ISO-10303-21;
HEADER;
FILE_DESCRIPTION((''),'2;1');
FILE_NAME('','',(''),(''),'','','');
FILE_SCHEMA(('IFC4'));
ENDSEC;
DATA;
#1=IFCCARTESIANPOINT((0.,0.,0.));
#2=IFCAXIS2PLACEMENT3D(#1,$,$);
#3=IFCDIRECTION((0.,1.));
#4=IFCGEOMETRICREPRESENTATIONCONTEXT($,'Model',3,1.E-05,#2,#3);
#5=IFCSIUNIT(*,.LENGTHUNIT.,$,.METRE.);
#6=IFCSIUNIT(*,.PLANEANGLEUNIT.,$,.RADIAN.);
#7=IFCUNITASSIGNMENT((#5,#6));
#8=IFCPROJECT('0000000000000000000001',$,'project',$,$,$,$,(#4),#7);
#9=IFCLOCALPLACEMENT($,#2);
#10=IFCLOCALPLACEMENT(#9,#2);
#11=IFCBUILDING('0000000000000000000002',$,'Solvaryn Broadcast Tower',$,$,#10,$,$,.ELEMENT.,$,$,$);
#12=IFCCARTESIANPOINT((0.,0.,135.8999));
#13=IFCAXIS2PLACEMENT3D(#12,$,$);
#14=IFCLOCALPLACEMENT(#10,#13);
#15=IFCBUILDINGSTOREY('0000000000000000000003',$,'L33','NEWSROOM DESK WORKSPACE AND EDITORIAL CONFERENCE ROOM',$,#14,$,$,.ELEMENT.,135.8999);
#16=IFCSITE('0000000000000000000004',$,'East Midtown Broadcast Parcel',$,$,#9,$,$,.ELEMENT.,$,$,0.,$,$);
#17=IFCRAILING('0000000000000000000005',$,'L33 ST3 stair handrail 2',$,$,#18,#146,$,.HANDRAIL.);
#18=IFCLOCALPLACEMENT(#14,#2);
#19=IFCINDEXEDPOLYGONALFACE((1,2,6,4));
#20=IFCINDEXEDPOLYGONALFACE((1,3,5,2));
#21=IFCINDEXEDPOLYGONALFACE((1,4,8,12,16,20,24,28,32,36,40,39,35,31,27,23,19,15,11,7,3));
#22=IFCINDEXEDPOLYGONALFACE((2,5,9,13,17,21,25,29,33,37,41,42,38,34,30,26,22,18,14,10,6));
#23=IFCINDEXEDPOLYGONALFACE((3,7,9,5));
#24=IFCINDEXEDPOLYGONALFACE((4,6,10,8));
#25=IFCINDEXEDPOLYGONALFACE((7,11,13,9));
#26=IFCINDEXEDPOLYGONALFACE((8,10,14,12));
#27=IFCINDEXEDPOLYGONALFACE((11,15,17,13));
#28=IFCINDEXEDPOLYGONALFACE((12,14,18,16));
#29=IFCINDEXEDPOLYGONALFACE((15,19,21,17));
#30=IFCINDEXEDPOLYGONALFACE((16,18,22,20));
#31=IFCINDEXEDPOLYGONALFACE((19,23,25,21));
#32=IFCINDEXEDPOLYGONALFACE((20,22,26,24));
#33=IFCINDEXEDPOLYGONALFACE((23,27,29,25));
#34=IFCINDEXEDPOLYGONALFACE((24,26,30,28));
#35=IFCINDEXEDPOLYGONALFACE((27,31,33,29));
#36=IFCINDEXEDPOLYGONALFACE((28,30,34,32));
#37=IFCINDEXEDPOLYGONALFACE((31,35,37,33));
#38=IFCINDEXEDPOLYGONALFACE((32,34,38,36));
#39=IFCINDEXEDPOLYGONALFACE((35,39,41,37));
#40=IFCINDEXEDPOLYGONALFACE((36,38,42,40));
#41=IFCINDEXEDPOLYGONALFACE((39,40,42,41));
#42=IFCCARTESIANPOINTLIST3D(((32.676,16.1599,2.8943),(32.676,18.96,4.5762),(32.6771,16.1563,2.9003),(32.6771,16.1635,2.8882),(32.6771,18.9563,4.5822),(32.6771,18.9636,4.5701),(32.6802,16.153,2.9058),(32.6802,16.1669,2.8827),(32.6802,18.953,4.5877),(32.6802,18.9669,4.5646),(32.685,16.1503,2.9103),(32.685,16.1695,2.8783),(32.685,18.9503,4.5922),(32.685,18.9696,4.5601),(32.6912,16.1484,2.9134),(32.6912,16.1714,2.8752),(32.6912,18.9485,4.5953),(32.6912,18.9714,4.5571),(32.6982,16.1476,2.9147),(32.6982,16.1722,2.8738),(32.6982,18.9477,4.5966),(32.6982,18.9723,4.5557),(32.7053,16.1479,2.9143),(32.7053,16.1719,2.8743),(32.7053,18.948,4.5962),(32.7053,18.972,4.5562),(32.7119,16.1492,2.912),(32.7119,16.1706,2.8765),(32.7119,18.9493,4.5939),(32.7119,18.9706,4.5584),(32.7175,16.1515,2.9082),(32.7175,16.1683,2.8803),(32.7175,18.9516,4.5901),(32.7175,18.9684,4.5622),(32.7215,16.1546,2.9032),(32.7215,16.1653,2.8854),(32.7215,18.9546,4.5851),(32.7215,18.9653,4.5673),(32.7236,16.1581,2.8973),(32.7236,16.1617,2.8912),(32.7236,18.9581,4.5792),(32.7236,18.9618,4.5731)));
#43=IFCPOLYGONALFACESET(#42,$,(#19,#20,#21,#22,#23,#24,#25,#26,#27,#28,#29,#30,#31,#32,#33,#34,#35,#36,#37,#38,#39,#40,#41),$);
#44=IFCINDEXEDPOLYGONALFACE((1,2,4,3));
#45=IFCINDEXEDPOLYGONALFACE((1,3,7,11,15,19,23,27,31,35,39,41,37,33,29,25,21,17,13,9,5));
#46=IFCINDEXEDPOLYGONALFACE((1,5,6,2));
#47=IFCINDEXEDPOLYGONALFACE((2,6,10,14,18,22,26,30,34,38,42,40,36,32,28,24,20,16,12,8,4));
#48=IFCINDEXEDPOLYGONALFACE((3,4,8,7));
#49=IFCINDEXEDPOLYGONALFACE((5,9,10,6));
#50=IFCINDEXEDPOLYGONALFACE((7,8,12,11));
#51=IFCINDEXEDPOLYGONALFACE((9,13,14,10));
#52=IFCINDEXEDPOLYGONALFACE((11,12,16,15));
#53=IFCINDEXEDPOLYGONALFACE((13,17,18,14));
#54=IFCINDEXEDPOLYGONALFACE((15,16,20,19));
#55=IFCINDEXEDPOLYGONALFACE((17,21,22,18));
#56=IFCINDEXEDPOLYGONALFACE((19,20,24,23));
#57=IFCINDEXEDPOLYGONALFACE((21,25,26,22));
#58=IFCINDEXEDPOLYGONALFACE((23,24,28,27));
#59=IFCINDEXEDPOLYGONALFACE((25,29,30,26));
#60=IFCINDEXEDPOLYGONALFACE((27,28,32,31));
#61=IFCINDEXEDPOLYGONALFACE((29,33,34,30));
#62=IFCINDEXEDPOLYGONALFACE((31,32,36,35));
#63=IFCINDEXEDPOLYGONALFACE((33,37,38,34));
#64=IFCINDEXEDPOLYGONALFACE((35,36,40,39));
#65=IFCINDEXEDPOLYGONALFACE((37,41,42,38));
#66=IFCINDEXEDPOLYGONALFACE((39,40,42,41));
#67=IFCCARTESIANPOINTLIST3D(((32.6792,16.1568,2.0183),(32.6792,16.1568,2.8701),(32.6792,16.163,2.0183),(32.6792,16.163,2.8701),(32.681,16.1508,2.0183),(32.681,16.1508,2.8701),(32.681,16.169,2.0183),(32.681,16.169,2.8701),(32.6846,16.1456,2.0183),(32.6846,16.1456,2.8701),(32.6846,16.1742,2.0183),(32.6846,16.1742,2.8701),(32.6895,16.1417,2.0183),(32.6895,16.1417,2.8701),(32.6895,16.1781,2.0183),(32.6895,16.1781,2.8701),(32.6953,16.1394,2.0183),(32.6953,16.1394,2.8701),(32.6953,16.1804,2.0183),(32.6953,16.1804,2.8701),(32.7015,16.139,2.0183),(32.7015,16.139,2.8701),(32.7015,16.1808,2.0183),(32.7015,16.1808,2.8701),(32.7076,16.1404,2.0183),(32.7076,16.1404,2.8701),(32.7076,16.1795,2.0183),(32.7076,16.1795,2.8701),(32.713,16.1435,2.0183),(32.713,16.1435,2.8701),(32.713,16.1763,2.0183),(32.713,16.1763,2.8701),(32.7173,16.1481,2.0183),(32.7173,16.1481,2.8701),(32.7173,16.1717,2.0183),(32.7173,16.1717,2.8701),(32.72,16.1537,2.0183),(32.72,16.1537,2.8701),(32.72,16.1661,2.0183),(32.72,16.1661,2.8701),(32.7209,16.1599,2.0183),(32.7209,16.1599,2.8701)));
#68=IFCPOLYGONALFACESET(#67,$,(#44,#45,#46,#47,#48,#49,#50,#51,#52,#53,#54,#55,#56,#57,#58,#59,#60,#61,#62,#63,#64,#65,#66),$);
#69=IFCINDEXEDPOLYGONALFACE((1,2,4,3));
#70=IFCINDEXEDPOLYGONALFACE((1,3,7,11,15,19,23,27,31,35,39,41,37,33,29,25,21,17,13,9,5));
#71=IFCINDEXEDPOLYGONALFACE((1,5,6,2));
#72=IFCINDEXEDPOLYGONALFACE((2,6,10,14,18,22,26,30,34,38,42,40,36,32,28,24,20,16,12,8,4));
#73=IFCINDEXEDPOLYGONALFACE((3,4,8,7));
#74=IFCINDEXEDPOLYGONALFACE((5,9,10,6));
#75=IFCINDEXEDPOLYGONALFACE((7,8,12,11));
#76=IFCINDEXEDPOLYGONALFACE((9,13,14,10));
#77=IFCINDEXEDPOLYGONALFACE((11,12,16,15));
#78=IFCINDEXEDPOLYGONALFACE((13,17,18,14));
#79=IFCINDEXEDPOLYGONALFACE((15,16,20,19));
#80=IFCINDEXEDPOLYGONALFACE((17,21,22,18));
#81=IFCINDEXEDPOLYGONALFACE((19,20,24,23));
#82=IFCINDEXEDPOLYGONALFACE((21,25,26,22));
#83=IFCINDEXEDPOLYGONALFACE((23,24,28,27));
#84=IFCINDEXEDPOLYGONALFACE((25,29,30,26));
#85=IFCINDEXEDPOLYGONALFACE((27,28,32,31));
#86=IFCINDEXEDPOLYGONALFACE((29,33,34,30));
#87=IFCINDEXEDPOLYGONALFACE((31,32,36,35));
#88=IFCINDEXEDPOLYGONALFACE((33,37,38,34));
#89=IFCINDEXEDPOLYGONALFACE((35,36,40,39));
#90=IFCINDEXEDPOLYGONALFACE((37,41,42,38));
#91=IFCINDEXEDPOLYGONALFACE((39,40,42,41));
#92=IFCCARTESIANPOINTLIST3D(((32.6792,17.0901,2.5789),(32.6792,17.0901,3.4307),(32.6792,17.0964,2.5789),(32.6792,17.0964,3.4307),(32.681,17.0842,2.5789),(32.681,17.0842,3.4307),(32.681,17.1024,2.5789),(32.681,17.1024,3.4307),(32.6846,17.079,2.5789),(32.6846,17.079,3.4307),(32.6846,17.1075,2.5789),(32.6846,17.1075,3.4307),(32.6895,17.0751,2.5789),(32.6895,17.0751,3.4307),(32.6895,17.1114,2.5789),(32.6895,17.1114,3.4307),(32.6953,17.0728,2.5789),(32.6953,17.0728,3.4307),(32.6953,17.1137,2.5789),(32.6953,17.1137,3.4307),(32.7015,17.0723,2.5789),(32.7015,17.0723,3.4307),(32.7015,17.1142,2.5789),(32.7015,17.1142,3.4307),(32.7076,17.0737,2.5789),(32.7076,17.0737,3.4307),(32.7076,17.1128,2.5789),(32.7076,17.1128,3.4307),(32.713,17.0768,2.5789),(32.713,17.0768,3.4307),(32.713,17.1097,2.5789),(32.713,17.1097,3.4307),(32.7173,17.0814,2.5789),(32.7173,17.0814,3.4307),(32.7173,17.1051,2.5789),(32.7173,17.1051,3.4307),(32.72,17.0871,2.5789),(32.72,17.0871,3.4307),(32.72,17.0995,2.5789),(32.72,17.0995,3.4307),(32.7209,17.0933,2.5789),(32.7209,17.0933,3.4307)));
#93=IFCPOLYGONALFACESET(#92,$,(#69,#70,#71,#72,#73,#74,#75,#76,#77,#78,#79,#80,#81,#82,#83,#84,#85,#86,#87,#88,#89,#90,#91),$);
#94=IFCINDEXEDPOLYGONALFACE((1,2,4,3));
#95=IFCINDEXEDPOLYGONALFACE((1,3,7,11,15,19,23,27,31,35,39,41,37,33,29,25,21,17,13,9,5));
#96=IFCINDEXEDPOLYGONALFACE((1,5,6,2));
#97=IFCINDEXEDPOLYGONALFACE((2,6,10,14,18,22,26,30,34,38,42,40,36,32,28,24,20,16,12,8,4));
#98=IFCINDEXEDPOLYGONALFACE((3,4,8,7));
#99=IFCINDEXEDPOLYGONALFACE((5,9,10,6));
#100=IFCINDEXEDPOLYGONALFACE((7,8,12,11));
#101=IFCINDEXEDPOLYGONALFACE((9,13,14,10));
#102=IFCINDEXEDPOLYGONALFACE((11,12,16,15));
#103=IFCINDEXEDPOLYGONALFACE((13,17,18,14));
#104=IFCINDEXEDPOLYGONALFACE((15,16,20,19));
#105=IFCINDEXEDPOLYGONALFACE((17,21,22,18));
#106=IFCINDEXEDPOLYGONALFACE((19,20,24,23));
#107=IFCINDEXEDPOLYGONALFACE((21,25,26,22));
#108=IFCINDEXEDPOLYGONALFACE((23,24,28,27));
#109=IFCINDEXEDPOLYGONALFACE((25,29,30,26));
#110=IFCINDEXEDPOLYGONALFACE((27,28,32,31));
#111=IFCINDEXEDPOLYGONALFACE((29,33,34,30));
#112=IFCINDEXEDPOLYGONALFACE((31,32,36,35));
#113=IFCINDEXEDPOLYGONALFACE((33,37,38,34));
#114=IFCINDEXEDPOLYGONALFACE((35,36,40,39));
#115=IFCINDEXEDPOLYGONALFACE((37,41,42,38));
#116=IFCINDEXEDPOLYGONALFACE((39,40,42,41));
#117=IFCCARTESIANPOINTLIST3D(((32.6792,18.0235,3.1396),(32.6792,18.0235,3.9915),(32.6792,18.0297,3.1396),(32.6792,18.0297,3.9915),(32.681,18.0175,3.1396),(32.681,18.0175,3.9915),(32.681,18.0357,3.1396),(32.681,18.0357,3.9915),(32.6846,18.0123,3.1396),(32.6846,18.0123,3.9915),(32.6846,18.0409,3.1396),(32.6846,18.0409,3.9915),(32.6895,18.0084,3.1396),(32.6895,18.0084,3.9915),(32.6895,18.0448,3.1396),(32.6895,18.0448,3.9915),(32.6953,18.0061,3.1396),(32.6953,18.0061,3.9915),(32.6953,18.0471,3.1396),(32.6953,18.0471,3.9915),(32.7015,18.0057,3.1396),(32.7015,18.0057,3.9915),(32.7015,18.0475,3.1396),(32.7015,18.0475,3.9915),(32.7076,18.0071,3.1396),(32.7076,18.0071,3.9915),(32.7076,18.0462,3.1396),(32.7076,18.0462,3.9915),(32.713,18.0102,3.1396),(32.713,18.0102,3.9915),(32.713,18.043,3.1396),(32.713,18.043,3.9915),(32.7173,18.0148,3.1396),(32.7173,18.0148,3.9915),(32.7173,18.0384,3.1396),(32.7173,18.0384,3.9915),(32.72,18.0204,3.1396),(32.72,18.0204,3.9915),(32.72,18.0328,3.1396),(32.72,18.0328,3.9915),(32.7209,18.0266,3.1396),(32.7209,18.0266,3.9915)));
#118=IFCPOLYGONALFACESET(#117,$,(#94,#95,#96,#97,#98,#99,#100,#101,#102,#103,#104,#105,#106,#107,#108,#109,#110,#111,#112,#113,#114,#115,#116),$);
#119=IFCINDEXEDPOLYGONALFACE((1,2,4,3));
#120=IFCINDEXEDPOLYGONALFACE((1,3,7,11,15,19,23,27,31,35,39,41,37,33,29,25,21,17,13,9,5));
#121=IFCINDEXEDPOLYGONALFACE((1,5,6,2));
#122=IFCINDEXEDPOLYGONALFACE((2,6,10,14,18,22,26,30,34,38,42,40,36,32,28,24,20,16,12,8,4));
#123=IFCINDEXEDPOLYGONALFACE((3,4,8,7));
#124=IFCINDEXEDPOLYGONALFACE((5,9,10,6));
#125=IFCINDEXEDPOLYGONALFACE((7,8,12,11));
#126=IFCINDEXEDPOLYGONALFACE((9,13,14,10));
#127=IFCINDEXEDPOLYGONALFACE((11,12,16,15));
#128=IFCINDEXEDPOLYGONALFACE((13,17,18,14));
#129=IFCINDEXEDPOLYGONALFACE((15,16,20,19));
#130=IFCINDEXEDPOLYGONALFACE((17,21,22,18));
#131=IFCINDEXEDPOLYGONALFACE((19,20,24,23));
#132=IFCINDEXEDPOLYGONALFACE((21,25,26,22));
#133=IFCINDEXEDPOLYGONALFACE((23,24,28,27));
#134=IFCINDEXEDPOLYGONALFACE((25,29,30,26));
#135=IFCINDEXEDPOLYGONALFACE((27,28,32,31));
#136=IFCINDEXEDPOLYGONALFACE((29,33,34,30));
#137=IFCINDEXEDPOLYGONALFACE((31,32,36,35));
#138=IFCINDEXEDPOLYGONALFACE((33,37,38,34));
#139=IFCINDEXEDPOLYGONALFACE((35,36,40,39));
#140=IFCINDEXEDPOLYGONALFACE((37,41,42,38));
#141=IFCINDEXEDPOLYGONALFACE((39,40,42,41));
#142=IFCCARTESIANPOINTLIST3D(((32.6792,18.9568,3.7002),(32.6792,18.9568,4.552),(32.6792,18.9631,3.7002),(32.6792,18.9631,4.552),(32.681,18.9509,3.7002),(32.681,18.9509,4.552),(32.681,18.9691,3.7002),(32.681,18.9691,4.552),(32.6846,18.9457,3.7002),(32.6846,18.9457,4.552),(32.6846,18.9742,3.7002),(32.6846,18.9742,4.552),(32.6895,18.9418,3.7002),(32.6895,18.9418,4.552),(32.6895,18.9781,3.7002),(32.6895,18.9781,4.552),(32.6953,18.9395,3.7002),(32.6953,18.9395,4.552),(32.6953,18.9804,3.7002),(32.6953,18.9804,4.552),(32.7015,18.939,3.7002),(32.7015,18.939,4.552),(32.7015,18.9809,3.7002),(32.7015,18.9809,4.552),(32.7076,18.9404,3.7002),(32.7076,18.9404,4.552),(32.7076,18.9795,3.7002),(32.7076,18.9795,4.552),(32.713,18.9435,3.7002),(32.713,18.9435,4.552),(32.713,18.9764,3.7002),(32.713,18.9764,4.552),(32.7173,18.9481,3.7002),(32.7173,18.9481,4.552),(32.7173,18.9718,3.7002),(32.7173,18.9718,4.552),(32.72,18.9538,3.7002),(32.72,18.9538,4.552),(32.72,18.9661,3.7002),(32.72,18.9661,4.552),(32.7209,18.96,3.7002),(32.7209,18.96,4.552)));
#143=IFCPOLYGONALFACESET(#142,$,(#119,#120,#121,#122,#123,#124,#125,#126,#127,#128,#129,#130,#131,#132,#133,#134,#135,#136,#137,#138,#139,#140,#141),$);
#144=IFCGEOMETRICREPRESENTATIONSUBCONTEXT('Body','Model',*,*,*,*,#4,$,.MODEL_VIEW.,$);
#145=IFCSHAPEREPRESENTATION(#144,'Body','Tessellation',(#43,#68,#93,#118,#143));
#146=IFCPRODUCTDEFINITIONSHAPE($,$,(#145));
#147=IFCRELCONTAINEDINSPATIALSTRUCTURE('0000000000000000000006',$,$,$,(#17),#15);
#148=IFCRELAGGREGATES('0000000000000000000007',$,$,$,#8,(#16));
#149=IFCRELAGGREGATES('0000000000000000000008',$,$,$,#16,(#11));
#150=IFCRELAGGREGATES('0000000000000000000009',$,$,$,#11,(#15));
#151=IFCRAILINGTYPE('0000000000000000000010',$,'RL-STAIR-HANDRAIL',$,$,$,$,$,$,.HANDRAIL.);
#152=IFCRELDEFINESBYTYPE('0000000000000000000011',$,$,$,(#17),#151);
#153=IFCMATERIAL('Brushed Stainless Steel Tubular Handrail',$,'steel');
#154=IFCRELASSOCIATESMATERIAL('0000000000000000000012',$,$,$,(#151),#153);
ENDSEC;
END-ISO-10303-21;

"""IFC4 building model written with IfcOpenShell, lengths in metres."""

from ifc_helpers import new_model, si_unit, direction, frame, origin, origin_2d, place, context, subcontext, project, spatial, circle, extrude, material, type_object, element, save


model = new_model("IFC4")

# Units and contexts
model_context = context("Model", 3, precision=1e-05, world=origin(), true_north=direction((0.0, 1.0)))
body_context = subcontext(model_context, "Body", "Model", "MODEL_VIEW")
ifc_project = project(units=[si_unit("LENGTHUNIT", "METRE"), si_unit("PLANEANGLEUNIT", "RADIAN")], contexts=[model_context])

# Site, building, storey
site_placement = place(None, origin())
site = spatial("IfcSite", under=ifc_project, at=site_placement, Name="East Midtown Broadcast Parcel", CompositionType="ELEMENT", RefElevation=0.0)
building_placement = place(site_placement, origin())
building = spatial("IfcBuilding", under=site, at=building_placement, Name="Solvaryn Broadcast Tower", CompositionType="ELEMENT")
storey_placement = place(building_placement, frame((0.0, 0.0, 135.8999)))
storey = spatial("IfcBuildingStorey", under=building, at=storey_placement, Name="L33", Description="NEWSROOM DESK WORKSPACE AND EDITORIAL CONFERENCE ROOM", CompositionType="ELEMENT", Elevation=135.8999)

# Railing
ifc_material_1 = material(Name="Brushed Stainless Steel Tubular Handrail", Category="steel")
railing_type_1 = type_object("IfcRailingType", Name="RL-STAIR-HANDRAIL", PredefinedType="HANDRAIL", material=ifc_material_1)
railing_1_placement = place(storey_placement, frame((32.7, 16.1599, 2.0183)))
element("IfcRailing", 1, at=railing_1_placement, inside=storey, type_object=railing_type_1, Name="L33 ST3 stair handrail 2", PredefinedType="HANDRAIL", context=body_context, shape_type="SweptSolid", body=[
    extrude(circle(Radius=0.0239, at=origin_2d()), frame((0.0, 0.0, 0.876), z_axis=(0.0, 0.857242, 0.514913), x_axis=(-1.0, 0.0, 0.0)), (0.0, 0.0, 1.0), 3.2664),
    extrude(circle(Radius=0.021, at=origin_2d()), origin(), (0.0, 0.0, 1.0), 0.8518),
    extrude(circle(Radius=0.021, at=origin_2d()), frame((0.0, 0.9333, 0.5605)), (0.0, 0.0, 1.0), 0.8518),
    extrude(circle(Radius=0.021, at=origin_2d()), frame((0.0, 1.8667, 1.1213)), (0.0, 0.0, 1.0), 0.8518),
    extrude(circle(Radius=0.021, at=origin_2d()), frame((0.0, 2.8, 1.6819)), (0.0, 0.0, 1.0), 0.8518),
])

save(model, "model.ifc")
